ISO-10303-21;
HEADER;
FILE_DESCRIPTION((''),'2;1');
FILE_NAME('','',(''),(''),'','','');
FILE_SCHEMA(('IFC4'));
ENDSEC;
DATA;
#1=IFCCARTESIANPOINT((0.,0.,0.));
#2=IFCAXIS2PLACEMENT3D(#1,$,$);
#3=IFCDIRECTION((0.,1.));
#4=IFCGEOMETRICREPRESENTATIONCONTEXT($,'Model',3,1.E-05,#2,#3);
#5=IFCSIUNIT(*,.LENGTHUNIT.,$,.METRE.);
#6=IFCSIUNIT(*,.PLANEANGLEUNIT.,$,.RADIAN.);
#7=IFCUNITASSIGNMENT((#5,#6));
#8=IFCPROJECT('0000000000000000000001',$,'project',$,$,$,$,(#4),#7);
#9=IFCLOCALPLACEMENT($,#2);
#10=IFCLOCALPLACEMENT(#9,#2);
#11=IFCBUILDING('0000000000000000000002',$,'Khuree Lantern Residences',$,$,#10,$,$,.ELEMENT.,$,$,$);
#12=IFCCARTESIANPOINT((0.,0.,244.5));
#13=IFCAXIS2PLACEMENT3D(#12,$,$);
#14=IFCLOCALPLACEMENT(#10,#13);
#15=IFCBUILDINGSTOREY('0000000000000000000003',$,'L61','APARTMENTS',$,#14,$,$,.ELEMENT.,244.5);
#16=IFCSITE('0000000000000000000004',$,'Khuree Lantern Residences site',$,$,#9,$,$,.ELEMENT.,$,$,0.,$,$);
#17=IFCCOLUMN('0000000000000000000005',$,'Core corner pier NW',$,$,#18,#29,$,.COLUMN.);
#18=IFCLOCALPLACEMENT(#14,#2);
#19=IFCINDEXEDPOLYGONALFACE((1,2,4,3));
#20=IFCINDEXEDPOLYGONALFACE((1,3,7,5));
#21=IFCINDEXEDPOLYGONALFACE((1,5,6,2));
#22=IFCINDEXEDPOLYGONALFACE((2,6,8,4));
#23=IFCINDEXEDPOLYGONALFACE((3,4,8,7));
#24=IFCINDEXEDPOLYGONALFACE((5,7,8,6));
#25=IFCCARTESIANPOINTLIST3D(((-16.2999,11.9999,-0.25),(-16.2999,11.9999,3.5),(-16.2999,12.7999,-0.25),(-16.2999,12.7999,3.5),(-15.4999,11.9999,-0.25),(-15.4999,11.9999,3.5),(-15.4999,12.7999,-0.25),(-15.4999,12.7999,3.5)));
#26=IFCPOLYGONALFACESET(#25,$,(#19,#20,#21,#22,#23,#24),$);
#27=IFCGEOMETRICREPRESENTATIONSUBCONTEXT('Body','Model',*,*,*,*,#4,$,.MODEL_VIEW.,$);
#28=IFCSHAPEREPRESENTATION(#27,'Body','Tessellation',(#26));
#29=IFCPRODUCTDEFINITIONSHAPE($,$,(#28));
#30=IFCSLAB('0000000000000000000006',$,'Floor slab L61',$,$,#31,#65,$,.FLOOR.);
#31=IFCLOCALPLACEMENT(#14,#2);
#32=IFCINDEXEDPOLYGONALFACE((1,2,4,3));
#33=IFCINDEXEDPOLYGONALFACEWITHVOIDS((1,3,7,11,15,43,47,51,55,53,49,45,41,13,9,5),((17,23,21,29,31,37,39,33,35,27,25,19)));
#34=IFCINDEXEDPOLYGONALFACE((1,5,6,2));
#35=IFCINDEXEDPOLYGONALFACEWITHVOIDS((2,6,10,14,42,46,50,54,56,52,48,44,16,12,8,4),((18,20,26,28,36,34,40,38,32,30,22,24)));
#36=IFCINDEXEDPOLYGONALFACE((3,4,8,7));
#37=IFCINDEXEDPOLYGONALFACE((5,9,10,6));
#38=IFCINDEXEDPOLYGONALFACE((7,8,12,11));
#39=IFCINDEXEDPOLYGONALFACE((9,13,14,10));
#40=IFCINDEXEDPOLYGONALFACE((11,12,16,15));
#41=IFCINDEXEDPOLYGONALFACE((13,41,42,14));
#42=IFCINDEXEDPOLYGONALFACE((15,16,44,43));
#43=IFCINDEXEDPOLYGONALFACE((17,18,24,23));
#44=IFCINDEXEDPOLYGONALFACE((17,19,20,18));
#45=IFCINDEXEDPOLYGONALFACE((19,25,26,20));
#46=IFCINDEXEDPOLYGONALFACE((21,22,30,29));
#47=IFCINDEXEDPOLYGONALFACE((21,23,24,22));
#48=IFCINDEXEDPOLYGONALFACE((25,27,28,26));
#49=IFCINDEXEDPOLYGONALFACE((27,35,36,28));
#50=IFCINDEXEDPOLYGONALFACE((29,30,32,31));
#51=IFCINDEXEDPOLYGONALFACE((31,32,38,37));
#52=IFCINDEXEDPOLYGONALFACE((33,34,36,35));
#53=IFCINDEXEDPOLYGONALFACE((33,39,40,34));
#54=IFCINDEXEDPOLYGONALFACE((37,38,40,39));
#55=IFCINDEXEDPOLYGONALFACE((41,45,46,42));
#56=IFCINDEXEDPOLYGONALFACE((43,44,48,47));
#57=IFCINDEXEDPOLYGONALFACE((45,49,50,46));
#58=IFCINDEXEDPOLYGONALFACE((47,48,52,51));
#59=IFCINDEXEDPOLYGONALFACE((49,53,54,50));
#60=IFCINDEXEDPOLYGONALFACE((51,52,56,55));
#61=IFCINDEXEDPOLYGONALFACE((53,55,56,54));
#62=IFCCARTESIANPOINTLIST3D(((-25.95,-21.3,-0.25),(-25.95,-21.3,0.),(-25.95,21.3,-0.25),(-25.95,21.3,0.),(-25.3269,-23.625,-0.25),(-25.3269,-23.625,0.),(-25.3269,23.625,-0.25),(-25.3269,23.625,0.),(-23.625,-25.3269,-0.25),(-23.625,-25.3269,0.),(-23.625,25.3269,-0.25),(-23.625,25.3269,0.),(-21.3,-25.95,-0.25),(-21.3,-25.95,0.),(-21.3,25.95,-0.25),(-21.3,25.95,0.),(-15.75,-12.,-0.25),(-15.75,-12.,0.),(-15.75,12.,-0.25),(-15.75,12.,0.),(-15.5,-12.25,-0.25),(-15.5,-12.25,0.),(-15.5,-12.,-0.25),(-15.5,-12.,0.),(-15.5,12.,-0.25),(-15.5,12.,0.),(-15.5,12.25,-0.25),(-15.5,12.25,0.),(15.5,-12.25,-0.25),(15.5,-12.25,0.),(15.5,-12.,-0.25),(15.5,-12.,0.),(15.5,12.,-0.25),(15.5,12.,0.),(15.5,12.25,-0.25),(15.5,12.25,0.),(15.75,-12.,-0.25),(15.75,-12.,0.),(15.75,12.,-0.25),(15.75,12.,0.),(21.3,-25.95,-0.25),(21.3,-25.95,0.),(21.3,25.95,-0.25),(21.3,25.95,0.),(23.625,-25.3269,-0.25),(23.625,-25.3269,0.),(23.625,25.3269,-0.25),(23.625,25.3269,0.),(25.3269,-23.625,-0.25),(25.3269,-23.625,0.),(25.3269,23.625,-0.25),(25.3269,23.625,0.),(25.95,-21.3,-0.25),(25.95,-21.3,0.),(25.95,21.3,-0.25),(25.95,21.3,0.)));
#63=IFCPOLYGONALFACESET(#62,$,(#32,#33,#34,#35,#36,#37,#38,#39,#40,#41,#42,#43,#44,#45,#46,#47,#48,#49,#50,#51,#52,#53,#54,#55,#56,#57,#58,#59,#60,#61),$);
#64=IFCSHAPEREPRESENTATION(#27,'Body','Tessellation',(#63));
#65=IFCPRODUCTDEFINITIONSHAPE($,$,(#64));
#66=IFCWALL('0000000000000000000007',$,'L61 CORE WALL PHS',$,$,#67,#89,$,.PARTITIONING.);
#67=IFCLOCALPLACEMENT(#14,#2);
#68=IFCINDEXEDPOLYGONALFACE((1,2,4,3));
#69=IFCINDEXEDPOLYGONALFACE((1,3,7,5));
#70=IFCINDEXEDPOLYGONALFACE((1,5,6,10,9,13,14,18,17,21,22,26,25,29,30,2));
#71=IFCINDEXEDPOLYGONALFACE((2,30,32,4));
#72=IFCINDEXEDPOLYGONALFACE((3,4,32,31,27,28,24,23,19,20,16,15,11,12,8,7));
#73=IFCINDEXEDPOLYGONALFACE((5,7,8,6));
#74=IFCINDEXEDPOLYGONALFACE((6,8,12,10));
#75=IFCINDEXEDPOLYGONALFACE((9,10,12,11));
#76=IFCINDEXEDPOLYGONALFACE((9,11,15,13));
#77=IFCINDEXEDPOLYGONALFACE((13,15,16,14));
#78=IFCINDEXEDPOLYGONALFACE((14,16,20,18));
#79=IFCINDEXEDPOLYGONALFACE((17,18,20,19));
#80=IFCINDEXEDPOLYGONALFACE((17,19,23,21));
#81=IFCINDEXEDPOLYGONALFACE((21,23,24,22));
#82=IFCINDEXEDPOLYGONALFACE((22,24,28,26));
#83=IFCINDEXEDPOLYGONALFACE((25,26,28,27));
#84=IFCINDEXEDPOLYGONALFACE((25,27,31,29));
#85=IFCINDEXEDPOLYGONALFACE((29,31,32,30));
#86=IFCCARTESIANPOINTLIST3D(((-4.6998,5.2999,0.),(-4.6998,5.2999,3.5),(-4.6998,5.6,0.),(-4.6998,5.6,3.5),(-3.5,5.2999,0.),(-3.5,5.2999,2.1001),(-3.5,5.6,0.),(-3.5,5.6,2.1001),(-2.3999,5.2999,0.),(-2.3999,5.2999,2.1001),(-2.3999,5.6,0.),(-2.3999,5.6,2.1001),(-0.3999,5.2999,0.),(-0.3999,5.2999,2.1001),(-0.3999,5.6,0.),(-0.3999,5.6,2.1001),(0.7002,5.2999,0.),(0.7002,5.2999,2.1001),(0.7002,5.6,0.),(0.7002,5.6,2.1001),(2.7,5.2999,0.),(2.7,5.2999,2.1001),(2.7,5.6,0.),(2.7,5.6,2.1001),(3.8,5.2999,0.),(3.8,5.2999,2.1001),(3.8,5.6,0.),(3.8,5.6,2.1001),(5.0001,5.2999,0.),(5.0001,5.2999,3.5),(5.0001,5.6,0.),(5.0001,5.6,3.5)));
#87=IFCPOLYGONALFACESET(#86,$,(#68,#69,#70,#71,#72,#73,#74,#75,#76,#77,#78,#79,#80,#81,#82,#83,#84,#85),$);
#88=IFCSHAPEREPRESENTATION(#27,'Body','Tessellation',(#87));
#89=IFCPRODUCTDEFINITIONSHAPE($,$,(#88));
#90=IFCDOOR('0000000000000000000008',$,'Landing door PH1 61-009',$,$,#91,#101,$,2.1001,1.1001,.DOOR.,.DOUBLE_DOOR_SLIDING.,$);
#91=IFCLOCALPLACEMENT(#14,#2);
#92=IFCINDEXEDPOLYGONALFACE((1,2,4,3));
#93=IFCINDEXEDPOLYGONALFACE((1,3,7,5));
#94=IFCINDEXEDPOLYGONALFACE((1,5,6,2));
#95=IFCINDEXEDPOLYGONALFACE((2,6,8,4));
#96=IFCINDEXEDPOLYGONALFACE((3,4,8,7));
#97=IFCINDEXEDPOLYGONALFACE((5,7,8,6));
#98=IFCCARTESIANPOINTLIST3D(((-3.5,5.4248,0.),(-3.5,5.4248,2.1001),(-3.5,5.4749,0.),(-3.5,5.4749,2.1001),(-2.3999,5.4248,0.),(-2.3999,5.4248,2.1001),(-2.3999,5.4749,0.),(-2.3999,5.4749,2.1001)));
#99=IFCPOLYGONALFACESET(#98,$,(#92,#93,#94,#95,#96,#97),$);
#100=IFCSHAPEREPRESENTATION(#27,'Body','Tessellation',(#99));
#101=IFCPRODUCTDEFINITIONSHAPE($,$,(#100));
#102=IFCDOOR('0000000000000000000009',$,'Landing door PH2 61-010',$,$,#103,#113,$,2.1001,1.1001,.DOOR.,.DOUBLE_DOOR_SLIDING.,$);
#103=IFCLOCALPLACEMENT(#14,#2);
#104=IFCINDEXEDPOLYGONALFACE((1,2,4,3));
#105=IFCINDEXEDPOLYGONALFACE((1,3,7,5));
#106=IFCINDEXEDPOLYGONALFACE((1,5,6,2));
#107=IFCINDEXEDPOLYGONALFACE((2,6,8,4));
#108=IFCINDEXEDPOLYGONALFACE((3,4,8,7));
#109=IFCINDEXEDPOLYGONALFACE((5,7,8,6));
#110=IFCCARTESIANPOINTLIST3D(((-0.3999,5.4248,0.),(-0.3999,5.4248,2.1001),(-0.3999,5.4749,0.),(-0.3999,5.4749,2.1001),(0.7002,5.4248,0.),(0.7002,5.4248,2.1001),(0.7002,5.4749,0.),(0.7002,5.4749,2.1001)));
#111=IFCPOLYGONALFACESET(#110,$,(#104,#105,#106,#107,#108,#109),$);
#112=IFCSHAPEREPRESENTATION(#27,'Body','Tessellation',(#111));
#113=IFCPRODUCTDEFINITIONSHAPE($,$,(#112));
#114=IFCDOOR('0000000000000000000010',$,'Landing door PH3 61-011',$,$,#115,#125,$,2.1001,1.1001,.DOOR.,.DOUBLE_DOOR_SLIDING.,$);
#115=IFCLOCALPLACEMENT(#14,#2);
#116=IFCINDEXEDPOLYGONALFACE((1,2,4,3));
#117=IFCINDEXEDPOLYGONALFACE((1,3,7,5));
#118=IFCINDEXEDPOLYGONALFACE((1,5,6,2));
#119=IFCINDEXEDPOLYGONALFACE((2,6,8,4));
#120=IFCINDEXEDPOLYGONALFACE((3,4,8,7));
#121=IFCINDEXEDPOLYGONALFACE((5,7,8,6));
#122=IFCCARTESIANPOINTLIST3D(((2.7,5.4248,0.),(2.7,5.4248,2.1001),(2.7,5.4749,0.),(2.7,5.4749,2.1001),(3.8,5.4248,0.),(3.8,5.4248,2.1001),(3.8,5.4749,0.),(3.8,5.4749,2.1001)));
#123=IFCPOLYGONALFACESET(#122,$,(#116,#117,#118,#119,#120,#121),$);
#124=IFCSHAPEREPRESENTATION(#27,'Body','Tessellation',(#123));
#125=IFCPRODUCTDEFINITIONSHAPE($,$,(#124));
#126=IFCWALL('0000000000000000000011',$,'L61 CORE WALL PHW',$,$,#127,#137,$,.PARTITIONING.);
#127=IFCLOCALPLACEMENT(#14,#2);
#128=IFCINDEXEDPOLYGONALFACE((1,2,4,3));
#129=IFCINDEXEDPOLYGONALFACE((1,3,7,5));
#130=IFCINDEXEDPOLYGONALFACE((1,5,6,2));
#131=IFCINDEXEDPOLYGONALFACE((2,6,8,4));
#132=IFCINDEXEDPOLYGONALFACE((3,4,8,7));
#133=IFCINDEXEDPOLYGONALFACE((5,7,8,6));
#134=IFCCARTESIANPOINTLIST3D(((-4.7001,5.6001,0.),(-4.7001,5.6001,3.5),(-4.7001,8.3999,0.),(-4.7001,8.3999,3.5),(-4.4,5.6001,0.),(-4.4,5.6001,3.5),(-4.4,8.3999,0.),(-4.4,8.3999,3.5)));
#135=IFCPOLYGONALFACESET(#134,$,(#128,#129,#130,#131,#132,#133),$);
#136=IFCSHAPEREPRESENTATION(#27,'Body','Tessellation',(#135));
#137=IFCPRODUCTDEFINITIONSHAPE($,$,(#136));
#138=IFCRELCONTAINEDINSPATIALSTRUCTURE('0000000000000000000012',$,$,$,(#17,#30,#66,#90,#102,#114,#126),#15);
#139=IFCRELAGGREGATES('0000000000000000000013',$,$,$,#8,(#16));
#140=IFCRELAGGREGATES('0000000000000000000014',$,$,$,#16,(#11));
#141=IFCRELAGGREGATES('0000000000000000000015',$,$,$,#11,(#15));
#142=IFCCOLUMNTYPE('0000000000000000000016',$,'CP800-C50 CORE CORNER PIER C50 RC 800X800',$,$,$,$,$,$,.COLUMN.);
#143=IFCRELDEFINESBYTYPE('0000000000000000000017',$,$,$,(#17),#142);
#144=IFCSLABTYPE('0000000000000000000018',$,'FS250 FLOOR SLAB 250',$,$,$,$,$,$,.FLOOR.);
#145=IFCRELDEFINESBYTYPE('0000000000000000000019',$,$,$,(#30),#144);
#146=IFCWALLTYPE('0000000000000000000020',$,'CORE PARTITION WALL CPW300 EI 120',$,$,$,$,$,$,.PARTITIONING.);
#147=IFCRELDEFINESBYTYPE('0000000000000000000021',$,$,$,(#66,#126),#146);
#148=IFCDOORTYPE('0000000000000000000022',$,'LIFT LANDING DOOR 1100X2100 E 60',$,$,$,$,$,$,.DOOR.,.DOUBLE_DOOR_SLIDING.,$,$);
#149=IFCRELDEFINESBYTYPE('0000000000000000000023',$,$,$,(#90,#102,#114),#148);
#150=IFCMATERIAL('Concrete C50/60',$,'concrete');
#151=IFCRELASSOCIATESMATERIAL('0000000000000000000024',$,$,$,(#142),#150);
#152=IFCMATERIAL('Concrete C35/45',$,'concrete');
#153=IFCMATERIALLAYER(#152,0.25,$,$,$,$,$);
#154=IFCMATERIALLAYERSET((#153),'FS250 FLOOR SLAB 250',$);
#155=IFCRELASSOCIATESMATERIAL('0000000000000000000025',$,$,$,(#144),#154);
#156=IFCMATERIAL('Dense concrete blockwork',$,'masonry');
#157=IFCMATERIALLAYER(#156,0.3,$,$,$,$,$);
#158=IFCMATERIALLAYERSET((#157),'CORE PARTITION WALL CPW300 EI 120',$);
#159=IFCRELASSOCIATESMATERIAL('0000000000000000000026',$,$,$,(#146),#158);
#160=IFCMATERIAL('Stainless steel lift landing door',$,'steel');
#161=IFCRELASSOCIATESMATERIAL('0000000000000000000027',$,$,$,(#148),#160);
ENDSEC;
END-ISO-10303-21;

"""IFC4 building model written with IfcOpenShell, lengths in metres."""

from ifc_helpers import new_model, si_unit, direction, frame, frame_2d, origin, origin_2d, place, context, subcontext, project, spatial, polyline, rectangle, outline, extrude, material, layer, layer_set, material_profile, profile_set, type_object, element, fill, save


model = new_model("IFC4")

# Units and contexts
model_context = context("Model", 3, precision=1e-05, world=origin(), true_north=direction((0.0, 1.0)))
body_context = subcontext(model_context, "Body", "Model", "MODEL_VIEW")
ifc_project = project(units=[si_unit("LENGTHUNIT", "METRE"), si_unit("PLANEANGLEUNIT", "RADIAN")], contexts=[model_context])

# Site, building, storey
site_placement = place(None, origin())
site = spatial("IfcSite", under=ifc_project, at=site_placement, Name="Khuree Lantern Residences site", CompositionType="ELEMENT", RefElevation=0.0)
building_placement = place(site_placement, origin())
building = spatial("IfcBuilding", under=site, at=building_placement, Name="Khuree Lantern Residences", CompositionType="ELEMENT")
storey_placement = place(building_placement, frame((0.0, 0.0, 244.5)))
storey = spatial("IfcBuildingStorey", under=building, at=storey_placement, Name="L61", Description="APARTMENTS", CompositionType="ELEMENT", Elevation=244.5)

# Column
ifc_material_1 = material(Name="Concrete C50/60", Category="concrete")
ifc_material_profile = material_profile(ifc_material_1, rectangle(XDim=0.8, YDim=0.8, at=origin_2d()), Name="RC 800X800")
ifc_profile_set = profile_set([ifc_material_profile], Name="Concrete C50/60")
column_type = type_object("IfcColumnType", Name="CP800-C50 CORE CORNER PIER C50 RC 800X800", PredefinedType="COLUMN", material=ifc_profile_set)
column_placement = place(storey_placement, frame((-15.8999, 12.3999, -0.25), z_axis=(0.0, 0.0, 1.0), x_axis=(1.0, 0.0, 0.0)))
element("IfcColumn", 1, at=column_placement, inside=storey, type_object=column_type, Name="Core corner pier NW", PredefinedType="COLUMN", context=body_context, shape_type="SweptSolid", body=[
    extrude(rectangle(XDim=0.8, YDim=0.8, at=origin_2d()), origin(), (0.0, 0.0, 1.0), 3.75),
])

# Slab
ifc_material_2 = material(Name="Concrete C35/45", Category="concrete")
ifc_layer_1 = layer(ifc_material_2, 0.25)
ifc_layer_set_1 = layer_set([ifc_layer_1], Name="FS250 FLOOR SLAB 250")
slab_type = type_object("IfcSlabType", Name="FS250 FLOOR SLAB 250", PredefinedType="FLOOR", material=ifc_layer_set_1)
slab_placement = place(storey_placement, frame((0.0, 0.0, -0.25)))
element("IfcSlab", 2, at=slab_placement, inside=storey, type_object=slab_type, Name="Floor slab L61", PredefinedType="FLOOR", context=body_context, shape_type="SweptSolid", body=[
    extrude(outline(polyline([(-23.625, -25.3269), (-25.3269, -23.625), (-25.95, -21.3), (-25.95, 21.3), (-25.3269, 23.625), (-23.625, 25.3269), (-21.3, 25.95), (21.3, 25.95), (23.625, 25.3269), (25.3269, 23.625), (25.95, 21.3), (25.95, -21.3), (25.3269, -23.625), (23.625, -25.3269), (21.3, -25.95), (-21.3, -25.95), (-23.625, -25.3269)]), holes=[polyline([(15.75, 12.0), (15.5, 12.0), (15.5, 12.25), (-15.5, 12.25), (-15.5, 12.0), (-15.75, 12.0), (-15.75, -12.0), (-15.5, -12.0), (-15.5, -12.25), (15.5, -12.25), (15.5, -12.0), (15.75, -12.0), (15.75, 12.0)])]), origin(), (0.0, 0.0, 1.0), 0.25),
])

# Wall, openings, doors
ifc_material_3 = material(Name="Dense concrete blockwork", Category="masonry")
ifc_layer_2 = layer(ifc_material_3, 0.3)
ifc_layer_set_2 = layer_set([ifc_layer_2], Name="CORE PARTITION WALL CPW300 EI 120")
wall_type_1 = type_object("IfcWallType", Name="CORE PARTITION WALL CPW300 EI 120", PredefinedType="PARTITIONING", material=ifc_layer_set_2)
wall_1_placement = place(storey_placement, frame((-4.7, 5.45, 0.0), z_axis=(0.0, 0.0, 1.0), x_axis=(1.0, 0.0, 0.0)))
wall_1 = element("IfcWall", 3, at=wall_1_placement, inside=storey, type_object=wall_type_1, Name="L61 CORE WALL PHS", PredefinedType="PARTITIONING", context=body_context, shape_type="SweptSolid", body=[
    extrude(rectangle(XDim=9.7, YDim=0.3, at=frame_2d((4.8501, 0.0))), origin(), (0.0, 0.0, 1.0), 3.5),
])
opening_1_placement = place(wall_1_placement, frame((1.2, 0.0, 0.0)))
opening_1 = element("IfcOpeningElement", 4, at=opening_1_placement, cuts=wall_1, PredefinedType="OPENING", context=body_context, shape_type="SweptSolid", body=[
    extrude(rectangle(XDim=1.1001, YDim=2.1001, at=frame_2d((0.55, 1.05))), frame((0.0, 0.1602, 0.0), z_axis=(0.0, -1.0, 0.0), x_axis=(1.0, 0.0, 0.0)), (0.0, 0.0, 1.0), 0.3201),
])
opening_2_placement = place(wall_1_placement, frame((4.3, 0.0, 0.0)))
opening_2 = element("IfcOpeningElement", 5, at=opening_2_placement, cuts=wall_1, PredefinedType="OPENING", context=body_context, shape_type="SweptSolid", body=[
    extrude(rectangle(XDim=1.1001, YDim=2.1001, at=frame_2d((0.55, 1.05))), frame((0.0, 0.1602, 0.0), z_axis=(0.0, -1.0, 0.0), x_axis=(1.0, 0.0, 0.0)), (0.0, 0.0, 1.0), 0.3201),
])
opening_3_placement = place(wall_1_placement, frame((7.3999, 0.0, 0.0)))
opening_3 = element("IfcOpeningElement", 6, at=opening_3_placement, cuts=wall_1, PredefinedType="OPENING", context=body_context, shape_type="SweptSolid", body=[
    extrude(rectangle(XDim=1.1001, YDim=2.1001, at=frame_2d((0.55, 1.05))), frame((0.0, 0.1602, 0.0), z_axis=(0.0, -1.0, 0.0), x_axis=(1.0, 0.0, 0.0)), (0.0, 0.0, 1.0), 0.3201),
])
ifc_material_4 = material(Name="Stainless steel lift landing door", Category="steel")
door_type_1 = type_object("IfcDoorType", Name="LIFT LANDING DOOR 1100X2100 E 60", OperationType="DOUBLE_DOOR_SLIDING", PredefinedType="DOOR", material=ifc_material_4)
door_1_placement = place(opening_1_placement, origin())
door_1 = element("IfcDoor", 7, at=door_1_placement, inside=storey, type_object=door_type_1, Name="Landing door PH1 61-009", OperationType="DOUBLE_DOOR_SLIDING", OverallHeight=2.1001, OverallWidth=1.1001, PredefinedType="DOOR", context=body_context, shape_type="SweptSolid", body=[
    extrude(rectangle(XDim=1.1001, YDim=2.1001, at=frame_2d((0.55, 1.05))), frame((0.0, 0.0249, 0.0), z_axis=(0.0, -1.0, 0.0), x_axis=(1.0, 0.0, 0.0)), (0.0, 0.0, 1.0), 0.05),
])
fill(opening_1, door_1)
door_2_placement = place(opening_2_placement, origin())
door_2 = element("IfcDoor", 8, at=door_2_placement, inside=storey, type_object=door_type_1, Name="Landing door PH2 61-010", OperationType="DOUBLE_DOOR_SLIDING", OverallHeight=2.1001, OverallWidth=1.1001, PredefinedType="DOOR", context=body_context, shape_type="SweptSolid", body=[
    extrude(rectangle(XDim=1.1001, YDim=2.1001, at=frame_2d((0.55, 1.05))), frame((0.0, 0.0249, 0.0), z_axis=(0.0, -1.0, 0.0), x_axis=(1.0, 0.0, 0.0)), (0.0, 0.0, 1.0), 0.05),
])
fill(opening_2, door_2)
door_3_placement = place(opening_3_placement, origin())
door_3 = element("IfcDoor", 9, at=door_3_placement, inside=storey, type_object=door_type_1, Name="Landing door PH3 61-011", OperationType="DOUBLE_DOOR_SLIDING", OverallHeight=2.1001, OverallWidth=1.1001, PredefinedType="DOOR", context=body_context, shape_type="SweptSolid", body=[
    extrude(rectangle(XDim=1.1001, YDim=2.1001, at=frame_2d((0.55, 1.05))), frame((0.0, 0.0249, 0.0), z_axis=(0.0, -1.0, 0.0), x_axis=(1.0, 0.0, 0.0)), (0.0, 0.0, 1.0), 0.05),
])
fill(opening_3, door_3)

# Wall
wall_2_placement = place(storey_placement, frame((-4.55, 5.6001, 0.0), z_axis=(0.0, 0.0, 1.0), x_axis=(0.0, 1.0, 0.0)))
element("IfcWall", 10, at=wall_2_placement, inside=storey, type_object=wall_type_1, Name="L61 CORE WALL PHW", PredefinedType="PARTITIONING", context=body_context, shape_type="SweptSolid", body=[
    extrude(rectangle(XDim=2.7998, YDim=0.3, at=frame_2d((1.3999, 0.0))), origin(), (0.0, 0.0, 1.0), 3.5),
])

save(model, "model.ifc")
